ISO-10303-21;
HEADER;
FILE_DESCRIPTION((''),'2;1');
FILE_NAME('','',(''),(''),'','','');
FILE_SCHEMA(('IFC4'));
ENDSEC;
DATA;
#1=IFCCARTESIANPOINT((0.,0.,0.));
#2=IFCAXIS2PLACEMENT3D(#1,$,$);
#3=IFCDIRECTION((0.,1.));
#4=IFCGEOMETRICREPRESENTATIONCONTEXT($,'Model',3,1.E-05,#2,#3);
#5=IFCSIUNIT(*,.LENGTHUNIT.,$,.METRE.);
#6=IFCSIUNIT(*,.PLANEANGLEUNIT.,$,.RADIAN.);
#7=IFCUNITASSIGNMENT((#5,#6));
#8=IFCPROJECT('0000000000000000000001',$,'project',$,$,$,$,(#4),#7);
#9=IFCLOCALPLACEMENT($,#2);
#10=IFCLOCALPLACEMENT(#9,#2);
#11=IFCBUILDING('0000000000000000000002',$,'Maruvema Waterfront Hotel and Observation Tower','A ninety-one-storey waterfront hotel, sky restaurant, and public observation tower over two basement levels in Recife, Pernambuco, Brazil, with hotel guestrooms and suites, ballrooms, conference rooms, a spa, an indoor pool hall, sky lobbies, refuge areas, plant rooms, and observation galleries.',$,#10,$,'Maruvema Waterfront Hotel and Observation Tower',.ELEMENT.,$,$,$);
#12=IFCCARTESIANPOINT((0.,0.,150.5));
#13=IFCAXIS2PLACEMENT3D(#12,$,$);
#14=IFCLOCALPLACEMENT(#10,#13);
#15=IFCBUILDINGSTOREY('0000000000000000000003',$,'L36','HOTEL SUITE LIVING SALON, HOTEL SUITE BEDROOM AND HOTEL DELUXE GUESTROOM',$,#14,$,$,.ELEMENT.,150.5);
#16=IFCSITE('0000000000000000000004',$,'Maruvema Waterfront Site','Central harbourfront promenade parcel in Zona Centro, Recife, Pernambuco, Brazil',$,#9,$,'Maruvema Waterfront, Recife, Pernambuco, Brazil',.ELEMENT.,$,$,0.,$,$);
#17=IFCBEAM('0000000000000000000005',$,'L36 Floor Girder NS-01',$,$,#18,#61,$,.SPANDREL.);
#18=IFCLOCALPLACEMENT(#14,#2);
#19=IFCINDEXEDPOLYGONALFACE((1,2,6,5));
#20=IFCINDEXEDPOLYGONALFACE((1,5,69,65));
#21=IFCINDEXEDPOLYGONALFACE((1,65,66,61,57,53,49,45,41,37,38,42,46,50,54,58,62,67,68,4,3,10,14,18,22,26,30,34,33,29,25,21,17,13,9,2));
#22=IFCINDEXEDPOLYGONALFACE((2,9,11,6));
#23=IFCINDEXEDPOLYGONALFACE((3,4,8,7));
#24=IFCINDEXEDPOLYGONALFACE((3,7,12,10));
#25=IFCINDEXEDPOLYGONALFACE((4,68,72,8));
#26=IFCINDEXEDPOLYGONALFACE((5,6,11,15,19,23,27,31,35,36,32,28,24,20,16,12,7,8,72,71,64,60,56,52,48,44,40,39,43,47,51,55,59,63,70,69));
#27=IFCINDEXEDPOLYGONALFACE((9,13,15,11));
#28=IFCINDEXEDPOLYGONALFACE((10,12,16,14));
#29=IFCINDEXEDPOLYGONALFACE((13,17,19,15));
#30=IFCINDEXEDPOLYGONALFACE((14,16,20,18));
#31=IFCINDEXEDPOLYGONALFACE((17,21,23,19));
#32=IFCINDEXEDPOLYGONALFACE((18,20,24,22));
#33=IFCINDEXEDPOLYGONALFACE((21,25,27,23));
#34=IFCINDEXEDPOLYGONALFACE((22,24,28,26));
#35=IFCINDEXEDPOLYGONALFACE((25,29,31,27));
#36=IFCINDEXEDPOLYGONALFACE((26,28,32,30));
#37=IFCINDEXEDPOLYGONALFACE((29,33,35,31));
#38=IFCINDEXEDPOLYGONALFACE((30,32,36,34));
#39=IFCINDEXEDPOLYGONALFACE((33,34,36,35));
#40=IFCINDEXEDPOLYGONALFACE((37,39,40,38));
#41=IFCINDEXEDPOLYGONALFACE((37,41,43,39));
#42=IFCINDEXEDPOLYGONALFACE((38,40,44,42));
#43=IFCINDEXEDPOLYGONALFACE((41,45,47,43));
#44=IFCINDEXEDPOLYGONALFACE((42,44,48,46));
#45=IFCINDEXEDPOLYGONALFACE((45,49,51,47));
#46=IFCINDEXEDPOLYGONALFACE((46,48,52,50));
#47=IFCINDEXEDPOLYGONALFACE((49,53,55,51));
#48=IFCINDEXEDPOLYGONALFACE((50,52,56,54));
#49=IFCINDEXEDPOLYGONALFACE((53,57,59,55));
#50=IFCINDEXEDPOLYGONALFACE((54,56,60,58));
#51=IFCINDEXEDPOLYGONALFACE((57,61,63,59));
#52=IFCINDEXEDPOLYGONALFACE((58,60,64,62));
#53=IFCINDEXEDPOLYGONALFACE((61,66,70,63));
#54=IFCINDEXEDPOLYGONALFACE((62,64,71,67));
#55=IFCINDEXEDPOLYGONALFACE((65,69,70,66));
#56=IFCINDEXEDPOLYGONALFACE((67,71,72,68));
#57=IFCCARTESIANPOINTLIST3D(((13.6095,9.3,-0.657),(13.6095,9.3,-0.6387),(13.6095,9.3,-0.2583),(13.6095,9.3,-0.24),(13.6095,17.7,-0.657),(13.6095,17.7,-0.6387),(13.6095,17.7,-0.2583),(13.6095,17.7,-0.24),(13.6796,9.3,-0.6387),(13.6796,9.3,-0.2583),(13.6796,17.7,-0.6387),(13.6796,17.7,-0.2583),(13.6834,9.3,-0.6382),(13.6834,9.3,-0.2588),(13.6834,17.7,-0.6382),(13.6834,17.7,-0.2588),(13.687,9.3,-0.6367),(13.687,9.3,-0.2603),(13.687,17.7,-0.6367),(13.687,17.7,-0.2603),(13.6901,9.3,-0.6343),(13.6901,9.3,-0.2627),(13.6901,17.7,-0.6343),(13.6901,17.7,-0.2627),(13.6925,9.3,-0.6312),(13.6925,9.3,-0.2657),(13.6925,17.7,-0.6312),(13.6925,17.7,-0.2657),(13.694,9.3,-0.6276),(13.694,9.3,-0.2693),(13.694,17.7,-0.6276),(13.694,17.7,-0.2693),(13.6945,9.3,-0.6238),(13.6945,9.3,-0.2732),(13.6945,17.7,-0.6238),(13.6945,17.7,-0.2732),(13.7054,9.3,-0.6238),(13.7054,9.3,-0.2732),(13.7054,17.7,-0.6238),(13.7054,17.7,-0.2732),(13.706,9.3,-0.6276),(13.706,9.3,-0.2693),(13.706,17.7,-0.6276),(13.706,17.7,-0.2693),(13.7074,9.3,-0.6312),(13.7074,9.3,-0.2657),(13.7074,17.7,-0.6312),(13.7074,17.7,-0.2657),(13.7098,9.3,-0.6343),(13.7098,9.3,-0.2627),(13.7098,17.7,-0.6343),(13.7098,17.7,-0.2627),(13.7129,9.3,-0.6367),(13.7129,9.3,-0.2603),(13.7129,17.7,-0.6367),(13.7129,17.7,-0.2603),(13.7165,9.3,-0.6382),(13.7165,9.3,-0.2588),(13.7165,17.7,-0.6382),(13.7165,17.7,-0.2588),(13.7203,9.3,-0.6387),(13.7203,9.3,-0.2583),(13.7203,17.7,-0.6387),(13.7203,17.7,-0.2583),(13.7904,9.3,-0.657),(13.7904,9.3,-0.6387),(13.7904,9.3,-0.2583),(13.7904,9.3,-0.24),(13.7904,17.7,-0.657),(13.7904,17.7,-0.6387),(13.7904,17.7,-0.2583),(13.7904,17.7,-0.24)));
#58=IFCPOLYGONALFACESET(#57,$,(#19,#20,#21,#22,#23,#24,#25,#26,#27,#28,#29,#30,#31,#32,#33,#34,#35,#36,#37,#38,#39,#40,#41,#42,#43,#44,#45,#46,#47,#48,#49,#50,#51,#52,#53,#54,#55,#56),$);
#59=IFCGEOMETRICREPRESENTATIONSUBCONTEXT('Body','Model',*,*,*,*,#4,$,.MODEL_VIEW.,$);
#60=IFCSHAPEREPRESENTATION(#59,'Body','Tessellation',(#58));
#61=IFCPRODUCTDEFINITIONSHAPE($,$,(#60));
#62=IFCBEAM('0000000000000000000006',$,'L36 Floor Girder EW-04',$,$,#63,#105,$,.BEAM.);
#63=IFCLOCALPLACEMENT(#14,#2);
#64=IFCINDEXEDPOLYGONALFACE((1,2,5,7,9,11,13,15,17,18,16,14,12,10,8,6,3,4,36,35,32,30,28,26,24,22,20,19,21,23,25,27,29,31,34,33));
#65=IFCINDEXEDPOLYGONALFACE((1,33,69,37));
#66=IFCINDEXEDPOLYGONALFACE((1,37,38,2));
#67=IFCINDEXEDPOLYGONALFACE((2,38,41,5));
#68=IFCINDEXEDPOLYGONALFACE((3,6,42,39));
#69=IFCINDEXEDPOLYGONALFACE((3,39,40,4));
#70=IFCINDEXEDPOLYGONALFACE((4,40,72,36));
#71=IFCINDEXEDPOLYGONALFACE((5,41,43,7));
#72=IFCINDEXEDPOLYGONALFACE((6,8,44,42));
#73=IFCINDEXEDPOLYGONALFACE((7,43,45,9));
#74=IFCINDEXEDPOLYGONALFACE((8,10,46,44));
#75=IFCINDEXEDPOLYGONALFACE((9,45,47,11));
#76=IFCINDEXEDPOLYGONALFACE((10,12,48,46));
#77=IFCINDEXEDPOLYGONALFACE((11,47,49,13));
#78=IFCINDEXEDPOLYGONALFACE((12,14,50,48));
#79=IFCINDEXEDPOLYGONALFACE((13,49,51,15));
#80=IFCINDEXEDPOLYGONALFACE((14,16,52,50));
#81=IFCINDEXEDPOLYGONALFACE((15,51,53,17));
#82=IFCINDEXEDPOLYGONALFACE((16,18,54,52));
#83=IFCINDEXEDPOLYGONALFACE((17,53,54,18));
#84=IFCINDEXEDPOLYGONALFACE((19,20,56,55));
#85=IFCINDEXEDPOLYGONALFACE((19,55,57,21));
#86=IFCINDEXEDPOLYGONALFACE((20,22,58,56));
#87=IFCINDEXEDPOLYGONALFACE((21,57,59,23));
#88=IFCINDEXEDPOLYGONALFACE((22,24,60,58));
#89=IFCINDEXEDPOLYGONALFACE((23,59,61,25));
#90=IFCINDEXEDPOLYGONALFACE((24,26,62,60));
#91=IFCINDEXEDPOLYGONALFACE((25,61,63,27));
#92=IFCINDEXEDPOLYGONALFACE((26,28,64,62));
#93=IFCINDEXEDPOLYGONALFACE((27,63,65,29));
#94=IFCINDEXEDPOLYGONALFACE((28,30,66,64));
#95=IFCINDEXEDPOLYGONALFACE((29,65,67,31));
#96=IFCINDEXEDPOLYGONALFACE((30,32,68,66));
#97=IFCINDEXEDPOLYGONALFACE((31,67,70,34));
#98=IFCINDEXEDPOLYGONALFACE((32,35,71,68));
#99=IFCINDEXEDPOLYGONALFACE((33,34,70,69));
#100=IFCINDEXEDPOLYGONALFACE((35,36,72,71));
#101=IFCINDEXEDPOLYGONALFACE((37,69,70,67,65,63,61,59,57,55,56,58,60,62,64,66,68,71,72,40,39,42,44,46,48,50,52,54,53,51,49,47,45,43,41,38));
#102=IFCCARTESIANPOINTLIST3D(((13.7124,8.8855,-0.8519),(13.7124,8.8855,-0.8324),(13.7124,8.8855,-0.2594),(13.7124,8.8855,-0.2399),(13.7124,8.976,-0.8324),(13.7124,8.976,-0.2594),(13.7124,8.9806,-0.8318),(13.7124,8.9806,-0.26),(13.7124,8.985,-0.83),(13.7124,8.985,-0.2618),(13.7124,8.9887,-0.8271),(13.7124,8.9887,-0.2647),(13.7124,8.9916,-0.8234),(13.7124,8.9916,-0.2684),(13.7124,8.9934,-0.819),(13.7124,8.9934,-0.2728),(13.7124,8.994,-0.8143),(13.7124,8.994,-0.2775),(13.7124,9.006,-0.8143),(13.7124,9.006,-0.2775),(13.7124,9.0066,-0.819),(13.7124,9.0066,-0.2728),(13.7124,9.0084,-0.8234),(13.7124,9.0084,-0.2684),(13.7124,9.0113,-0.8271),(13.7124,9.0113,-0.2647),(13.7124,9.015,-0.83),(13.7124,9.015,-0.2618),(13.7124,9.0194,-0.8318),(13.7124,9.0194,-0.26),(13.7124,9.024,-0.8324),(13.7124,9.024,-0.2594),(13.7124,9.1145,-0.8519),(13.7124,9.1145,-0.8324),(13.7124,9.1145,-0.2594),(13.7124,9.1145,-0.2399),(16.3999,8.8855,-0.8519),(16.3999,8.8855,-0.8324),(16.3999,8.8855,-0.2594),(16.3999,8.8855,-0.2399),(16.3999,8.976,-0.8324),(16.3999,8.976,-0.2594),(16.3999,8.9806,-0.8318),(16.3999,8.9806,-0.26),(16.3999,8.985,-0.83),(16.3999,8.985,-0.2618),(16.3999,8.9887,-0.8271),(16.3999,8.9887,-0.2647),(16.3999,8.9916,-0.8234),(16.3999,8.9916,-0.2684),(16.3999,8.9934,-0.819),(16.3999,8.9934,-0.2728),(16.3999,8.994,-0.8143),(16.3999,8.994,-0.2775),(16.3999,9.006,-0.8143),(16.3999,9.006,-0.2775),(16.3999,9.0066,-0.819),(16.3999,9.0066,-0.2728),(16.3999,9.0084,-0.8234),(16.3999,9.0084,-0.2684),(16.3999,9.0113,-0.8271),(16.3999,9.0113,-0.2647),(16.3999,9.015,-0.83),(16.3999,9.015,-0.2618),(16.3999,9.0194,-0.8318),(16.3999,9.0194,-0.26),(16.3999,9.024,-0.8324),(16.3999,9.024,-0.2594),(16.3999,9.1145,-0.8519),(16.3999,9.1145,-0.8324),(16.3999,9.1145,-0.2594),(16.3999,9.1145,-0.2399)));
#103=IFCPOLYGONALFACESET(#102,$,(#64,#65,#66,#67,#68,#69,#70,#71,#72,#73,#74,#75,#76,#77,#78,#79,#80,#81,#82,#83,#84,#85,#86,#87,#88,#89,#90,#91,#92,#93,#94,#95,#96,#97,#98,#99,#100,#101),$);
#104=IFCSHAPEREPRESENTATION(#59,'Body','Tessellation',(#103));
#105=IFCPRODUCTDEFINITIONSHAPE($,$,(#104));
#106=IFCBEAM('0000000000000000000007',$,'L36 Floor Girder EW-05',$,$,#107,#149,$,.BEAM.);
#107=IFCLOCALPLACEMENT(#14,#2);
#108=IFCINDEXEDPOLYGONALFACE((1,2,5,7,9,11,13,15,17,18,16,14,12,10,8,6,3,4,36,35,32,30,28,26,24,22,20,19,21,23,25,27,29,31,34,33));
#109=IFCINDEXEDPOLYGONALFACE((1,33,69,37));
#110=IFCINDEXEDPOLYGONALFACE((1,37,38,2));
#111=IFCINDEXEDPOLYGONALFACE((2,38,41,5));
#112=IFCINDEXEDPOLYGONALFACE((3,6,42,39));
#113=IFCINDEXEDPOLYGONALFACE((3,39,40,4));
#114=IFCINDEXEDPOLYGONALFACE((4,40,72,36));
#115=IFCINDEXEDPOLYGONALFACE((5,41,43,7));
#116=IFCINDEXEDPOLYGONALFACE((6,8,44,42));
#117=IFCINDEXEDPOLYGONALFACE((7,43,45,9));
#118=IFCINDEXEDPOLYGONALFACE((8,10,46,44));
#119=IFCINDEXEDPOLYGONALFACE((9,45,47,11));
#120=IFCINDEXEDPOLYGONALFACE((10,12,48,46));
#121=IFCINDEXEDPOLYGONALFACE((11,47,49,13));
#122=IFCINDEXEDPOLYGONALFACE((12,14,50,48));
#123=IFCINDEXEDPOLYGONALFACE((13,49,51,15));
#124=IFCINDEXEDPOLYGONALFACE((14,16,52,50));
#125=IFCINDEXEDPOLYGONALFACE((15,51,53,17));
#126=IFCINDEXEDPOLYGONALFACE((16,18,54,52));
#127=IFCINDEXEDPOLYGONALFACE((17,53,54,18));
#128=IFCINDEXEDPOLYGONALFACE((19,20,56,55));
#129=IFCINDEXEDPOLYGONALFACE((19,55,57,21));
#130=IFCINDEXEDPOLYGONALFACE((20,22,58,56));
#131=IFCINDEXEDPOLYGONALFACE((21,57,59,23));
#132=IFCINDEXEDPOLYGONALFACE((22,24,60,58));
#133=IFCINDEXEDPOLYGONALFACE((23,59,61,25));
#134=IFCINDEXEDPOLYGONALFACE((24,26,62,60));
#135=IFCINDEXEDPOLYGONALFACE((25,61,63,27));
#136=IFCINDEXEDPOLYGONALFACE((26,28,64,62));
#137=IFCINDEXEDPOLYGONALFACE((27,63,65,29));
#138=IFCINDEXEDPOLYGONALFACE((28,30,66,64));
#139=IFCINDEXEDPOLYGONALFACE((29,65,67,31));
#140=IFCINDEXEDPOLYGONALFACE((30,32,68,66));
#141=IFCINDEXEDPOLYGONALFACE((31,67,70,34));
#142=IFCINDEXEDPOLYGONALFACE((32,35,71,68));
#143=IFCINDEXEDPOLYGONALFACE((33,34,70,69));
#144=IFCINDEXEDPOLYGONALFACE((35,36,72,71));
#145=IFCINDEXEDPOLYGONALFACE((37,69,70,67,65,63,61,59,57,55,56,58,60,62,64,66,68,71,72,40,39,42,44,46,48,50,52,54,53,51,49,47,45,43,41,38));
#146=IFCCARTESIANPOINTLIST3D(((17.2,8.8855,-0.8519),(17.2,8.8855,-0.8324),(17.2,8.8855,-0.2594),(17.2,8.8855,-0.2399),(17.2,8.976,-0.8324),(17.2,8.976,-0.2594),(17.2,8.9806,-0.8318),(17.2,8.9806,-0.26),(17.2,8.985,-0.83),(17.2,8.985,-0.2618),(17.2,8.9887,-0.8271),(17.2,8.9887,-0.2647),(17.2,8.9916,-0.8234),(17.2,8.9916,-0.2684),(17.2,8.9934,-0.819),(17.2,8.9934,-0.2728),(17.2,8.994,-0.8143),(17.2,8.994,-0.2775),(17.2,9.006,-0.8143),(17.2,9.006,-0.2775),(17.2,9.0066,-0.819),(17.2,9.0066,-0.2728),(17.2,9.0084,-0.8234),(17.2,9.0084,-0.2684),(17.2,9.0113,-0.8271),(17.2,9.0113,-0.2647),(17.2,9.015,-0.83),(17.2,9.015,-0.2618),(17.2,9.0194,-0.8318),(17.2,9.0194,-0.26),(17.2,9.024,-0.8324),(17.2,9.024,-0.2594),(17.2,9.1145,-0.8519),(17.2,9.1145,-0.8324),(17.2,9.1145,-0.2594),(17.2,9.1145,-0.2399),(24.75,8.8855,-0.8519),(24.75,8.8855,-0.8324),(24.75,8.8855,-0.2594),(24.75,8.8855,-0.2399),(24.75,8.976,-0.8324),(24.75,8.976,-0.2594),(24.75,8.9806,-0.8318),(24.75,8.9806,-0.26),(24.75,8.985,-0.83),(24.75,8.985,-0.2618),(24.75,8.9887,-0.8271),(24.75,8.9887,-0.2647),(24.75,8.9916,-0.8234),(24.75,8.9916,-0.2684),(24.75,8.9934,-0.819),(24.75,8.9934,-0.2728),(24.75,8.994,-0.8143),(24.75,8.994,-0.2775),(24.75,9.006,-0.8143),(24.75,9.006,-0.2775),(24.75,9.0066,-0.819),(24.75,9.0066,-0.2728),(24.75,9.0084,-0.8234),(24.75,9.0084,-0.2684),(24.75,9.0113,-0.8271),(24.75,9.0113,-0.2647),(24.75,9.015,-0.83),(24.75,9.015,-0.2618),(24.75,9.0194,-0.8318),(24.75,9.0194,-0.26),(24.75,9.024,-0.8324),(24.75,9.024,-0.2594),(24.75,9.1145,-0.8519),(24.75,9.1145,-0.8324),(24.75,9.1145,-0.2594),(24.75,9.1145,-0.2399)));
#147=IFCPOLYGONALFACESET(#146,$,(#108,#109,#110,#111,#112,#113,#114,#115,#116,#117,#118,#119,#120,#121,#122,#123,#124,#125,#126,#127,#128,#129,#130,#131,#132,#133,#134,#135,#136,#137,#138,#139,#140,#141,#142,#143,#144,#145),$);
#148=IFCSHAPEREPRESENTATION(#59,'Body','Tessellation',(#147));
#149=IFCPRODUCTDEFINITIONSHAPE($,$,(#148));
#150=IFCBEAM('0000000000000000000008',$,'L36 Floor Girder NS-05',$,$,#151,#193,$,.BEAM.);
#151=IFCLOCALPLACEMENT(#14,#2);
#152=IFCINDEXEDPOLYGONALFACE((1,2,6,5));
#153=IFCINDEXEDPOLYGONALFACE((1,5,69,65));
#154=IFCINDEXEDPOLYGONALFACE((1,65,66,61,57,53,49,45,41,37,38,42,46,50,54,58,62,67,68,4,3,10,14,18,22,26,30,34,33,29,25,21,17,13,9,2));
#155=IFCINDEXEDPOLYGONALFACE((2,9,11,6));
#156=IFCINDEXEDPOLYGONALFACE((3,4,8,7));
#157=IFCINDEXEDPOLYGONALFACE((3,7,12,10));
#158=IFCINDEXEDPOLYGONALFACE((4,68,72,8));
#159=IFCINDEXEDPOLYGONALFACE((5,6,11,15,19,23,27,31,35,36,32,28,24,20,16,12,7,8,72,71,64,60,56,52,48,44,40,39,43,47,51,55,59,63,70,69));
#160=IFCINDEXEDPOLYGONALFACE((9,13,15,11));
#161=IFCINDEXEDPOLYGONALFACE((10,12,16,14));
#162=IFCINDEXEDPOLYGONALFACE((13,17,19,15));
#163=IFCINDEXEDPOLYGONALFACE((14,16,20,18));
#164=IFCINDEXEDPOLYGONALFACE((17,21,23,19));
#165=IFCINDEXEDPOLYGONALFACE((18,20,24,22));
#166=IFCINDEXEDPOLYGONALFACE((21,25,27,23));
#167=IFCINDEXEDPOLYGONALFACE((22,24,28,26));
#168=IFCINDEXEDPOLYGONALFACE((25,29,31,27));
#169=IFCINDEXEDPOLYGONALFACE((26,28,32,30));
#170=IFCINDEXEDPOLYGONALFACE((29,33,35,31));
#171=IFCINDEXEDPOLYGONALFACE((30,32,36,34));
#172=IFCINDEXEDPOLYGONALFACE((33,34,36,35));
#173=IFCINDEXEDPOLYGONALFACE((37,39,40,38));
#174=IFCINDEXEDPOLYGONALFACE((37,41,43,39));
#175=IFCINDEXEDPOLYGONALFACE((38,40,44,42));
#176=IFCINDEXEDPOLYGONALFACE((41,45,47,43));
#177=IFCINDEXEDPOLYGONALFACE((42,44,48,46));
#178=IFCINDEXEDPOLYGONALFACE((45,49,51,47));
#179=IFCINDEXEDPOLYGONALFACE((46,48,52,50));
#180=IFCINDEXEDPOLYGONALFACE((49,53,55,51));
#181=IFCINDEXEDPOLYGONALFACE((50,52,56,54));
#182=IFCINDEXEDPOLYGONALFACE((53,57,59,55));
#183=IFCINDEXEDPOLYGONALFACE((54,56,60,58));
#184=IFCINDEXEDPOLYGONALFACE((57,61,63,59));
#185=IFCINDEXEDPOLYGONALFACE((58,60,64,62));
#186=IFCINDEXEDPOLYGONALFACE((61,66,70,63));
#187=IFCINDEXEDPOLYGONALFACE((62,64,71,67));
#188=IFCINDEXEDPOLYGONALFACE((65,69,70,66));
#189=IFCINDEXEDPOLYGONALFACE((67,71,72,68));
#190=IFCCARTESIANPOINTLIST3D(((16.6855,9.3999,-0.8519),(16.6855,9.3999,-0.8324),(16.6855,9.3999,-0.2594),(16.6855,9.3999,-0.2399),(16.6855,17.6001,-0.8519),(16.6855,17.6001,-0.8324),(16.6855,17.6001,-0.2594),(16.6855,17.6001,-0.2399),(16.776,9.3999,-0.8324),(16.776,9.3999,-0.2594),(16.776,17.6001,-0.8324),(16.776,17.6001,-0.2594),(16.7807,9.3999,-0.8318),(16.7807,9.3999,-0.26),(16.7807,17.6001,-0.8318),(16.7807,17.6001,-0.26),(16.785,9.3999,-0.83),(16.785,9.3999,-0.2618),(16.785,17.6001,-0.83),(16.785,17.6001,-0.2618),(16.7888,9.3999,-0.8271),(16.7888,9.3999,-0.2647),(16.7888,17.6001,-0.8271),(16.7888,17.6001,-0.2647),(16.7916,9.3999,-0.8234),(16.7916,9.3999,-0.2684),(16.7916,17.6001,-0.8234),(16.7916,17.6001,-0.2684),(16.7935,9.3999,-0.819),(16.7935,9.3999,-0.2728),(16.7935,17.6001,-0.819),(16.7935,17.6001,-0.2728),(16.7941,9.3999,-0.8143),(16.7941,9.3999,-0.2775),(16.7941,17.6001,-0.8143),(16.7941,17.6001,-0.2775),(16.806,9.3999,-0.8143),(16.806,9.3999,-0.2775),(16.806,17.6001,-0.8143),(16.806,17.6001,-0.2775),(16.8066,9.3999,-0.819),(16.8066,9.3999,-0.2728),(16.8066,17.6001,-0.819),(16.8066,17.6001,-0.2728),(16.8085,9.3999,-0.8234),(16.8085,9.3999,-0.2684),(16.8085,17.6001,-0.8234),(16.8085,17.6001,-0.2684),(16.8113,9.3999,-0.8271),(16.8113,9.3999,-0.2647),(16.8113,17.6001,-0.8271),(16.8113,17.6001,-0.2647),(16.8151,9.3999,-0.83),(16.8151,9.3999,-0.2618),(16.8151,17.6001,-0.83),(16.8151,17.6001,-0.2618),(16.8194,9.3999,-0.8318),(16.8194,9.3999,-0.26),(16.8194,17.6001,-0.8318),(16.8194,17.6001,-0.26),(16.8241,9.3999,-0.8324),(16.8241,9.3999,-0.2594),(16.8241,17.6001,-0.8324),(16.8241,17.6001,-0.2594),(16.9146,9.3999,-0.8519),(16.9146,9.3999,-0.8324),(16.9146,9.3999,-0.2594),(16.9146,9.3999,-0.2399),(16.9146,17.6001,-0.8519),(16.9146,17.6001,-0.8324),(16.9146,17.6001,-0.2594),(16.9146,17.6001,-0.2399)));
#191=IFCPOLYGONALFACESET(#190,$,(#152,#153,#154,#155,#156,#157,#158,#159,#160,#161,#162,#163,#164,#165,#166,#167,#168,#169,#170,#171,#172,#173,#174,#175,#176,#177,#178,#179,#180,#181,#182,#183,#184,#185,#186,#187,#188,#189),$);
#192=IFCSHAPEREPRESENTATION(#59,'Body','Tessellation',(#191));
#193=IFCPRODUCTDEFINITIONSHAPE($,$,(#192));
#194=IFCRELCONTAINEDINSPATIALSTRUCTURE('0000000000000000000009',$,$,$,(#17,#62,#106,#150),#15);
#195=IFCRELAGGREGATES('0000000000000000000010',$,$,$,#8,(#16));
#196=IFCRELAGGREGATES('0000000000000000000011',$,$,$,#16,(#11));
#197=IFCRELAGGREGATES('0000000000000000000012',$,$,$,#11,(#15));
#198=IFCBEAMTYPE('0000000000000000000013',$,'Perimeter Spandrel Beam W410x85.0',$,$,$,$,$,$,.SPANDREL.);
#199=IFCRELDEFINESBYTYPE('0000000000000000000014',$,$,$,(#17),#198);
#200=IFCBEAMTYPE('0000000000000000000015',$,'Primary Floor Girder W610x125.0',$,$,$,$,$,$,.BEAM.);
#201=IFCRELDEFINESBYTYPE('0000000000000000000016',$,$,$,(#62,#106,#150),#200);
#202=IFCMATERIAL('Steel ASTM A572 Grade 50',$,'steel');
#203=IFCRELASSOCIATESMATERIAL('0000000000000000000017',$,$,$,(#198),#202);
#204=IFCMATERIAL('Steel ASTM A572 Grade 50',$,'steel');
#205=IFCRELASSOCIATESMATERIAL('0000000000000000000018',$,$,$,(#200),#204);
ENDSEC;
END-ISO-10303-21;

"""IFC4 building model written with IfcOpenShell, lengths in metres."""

from ifc_helpers import new_model, si_unit, direction, frame, origin, origin_2d, place, context, subcontext, project, spatial, i_section, extrude, material, material_profile, profile_set, type_object, element, save


model = new_model("IFC4")

# Units and contexts
model_context = context("Model", 3, precision=1e-05, world=origin(), true_north=direction((0.0, 1.0)))
body_context = subcontext(model_context, "Body", "Model", "MODEL_VIEW")
ifc_project = project(units=[si_unit("LENGTHUNIT", "METRE"), si_unit("PLANEANGLEUNIT", "RADIAN")], contexts=[model_context])

# Site, building, storey
site_placement = place(None, origin())
site = spatial("IfcSite", under=ifc_project, at=site_placement, Name="Maruvema Waterfront Site", Description="Central harbourfront promenade parcel in Zona Centro, Recife, Pernambuco, Brazil", LongName="Maruvema Waterfront, Recife, Pernambuco, Brazil", CompositionType="ELEMENT", RefElevation=0.0)
building_placement = place(site_placement, origin())
building = spatial("IfcBuilding", under=site, at=building_placement, Name="Maruvema Waterfront Hotel and Observation Tower", Description="A ninety-one-storey waterfront hotel, sky restaurant, and public observation tower over two basement levels in Recife, Pernambuco, Brazil, with hotel guestrooms and suites, ballrooms, conference rooms, a spa, an indoor pool hall, sky lobbies, refuge areas, plant rooms, and observation galleries.", LongName="Maruvema Waterfront Hotel and Observation Tower", CompositionType="ELEMENT")
storey_placement = place(building_placement, frame((0.0, 0.0, 150.5)))
storey = spatial("IfcBuildingStorey", under=building, at=storey_placement, Name="L36", Description="HOTEL SUITE LIVING SALON, HOTEL SUITE BEDROOM AND HOTEL DELUXE GUESTROOM", CompositionType="ELEMENT", Elevation=150.5)

# Beams
ifc_material_1 = material(Name="Steel ASTM A572 Grade 50", Category="steel")
ifc_material_profile_1 = material_profile(ifc_material_1, i_section(OverallWidth=0.1809, OverallDepth=0.417, WebThickness=0.011, FlangeThickness=0.0183, FilletRadius=0.0149, at=origin_2d()), Name="W410x85.0")
ifc_profile_set_1 = profile_set([ifc_material_profile_1], Name="Steel ASTM A572 Grade 50")
beam_type_1 = type_object("IfcBeamType", Name="Perimeter Spandrel Beam W410x85.0", PredefinedType="SPANDREL", material=ifc_profile_set_1)
beam_1_placement = place(storey_placement, frame((13.7, 9.3, -0.4485), z_axis=(0.0, 1.0, 0.0), x_axis=(-1.0, 0.0, 0.0)))
element("IfcBeam", 1, at=beam_1_placement, inside=storey, type_object=beam_type_1, Name="L36 Floor Girder NS-01", PredefinedType="SPANDREL", context=body_context, shape_type="SweptSolid", body=[
    extrude(i_section(OverallWidth=0.1809, OverallDepth=0.417, WebThickness=0.011, FlangeThickness=0.0183, FilletRadius=0.0149, at=origin_2d()), origin(), (0.0, 0.0, 1.0), 8.3999),
])
ifc_material_2 = material(Name="Steel ASTM A572 Grade 50", Category="steel")
ifc_material_profile_2 = material_profile(ifc_material_2, i_section(OverallWidth=0.229, OverallDepth=0.6121, WebThickness=0.012, FlangeThickness=0.0195, FilletRadius=0.0181, at=origin_2d()), Name="W610x125.0")
ifc_profile_set_2 = profile_set([ifc_material_profile_2], Name="Steel ASTM A572 Grade 50")
beam_type_2 = type_object("IfcBeamType", Name="Primary Floor Girder W610x125.0", PredefinedType="BEAM", material=ifc_profile_set_2)
beam_2_placement = place(storey_placement, frame((13.7124, 9.0, -0.5459), z_axis=(1.0, 0.0, 0.0), x_axis=(0.0, 1.0, 0.0)))
element("IfcBeam", 2, at=beam_2_placement, inside=storey, type_object=beam_type_2, Name="L36 Floor Girder EW-04", PredefinedType="BEAM", context=body_context, shape_type="SweptSolid", body=[
    extrude(i_section(OverallWidth=0.229, OverallDepth=0.6121, WebThickness=0.012, FlangeThickness=0.0195, FilletRadius=0.0181, at=origin_2d()), origin(), (0.0, 0.0, 1.0), 2.6875),
])
beam_3_placement = place(storey_placement, frame((17.2, 9.0, -0.5459), z_axis=(1.0, 0.0, 0.0), x_axis=(0.0, 1.0, 0.0)))
element("IfcBeam", 3, at=beam_3_placement, inside=storey, type_object=beam_type_2, Name="L36 Floor Girder EW-05", PredefinedType="BEAM", context=body_context, shape_type="SweptSolid", body=[
    extrude(i_section(OverallWidth=0.229, OverallDepth=0.6121, WebThickness=0.012, FlangeThickness=0.0195, FilletRadius=0.0181, at=origin_2d()), origin(), (0.0, 0.0, 1.0), 7.55),
])
beam_4_placement = place(storey_placement, frame((16.8, 9.3999, -0.5459), z_axis=(0.0, 1.0, 0.0), x_axis=(-1.0, 0.0, 0.0)))
element("IfcBeam", 4, at=beam_4_placement, inside=storey, type_object=beam_type_2, Name="L36 Floor Girder NS-05", PredefinedType="BEAM", context=body_context, shape_type="SweptSolid", body=[
    extrude(i_section(OverallWidth=0.229, OverallDepth=0.6121, WebThickness=0.012, FlangeThickness=0.0195, FilletRadius=0.0181, at=origin_2d()), origin(), (0.0, 0.0, 1.0), 8.2002),
])

save(model, "model.ifc")
